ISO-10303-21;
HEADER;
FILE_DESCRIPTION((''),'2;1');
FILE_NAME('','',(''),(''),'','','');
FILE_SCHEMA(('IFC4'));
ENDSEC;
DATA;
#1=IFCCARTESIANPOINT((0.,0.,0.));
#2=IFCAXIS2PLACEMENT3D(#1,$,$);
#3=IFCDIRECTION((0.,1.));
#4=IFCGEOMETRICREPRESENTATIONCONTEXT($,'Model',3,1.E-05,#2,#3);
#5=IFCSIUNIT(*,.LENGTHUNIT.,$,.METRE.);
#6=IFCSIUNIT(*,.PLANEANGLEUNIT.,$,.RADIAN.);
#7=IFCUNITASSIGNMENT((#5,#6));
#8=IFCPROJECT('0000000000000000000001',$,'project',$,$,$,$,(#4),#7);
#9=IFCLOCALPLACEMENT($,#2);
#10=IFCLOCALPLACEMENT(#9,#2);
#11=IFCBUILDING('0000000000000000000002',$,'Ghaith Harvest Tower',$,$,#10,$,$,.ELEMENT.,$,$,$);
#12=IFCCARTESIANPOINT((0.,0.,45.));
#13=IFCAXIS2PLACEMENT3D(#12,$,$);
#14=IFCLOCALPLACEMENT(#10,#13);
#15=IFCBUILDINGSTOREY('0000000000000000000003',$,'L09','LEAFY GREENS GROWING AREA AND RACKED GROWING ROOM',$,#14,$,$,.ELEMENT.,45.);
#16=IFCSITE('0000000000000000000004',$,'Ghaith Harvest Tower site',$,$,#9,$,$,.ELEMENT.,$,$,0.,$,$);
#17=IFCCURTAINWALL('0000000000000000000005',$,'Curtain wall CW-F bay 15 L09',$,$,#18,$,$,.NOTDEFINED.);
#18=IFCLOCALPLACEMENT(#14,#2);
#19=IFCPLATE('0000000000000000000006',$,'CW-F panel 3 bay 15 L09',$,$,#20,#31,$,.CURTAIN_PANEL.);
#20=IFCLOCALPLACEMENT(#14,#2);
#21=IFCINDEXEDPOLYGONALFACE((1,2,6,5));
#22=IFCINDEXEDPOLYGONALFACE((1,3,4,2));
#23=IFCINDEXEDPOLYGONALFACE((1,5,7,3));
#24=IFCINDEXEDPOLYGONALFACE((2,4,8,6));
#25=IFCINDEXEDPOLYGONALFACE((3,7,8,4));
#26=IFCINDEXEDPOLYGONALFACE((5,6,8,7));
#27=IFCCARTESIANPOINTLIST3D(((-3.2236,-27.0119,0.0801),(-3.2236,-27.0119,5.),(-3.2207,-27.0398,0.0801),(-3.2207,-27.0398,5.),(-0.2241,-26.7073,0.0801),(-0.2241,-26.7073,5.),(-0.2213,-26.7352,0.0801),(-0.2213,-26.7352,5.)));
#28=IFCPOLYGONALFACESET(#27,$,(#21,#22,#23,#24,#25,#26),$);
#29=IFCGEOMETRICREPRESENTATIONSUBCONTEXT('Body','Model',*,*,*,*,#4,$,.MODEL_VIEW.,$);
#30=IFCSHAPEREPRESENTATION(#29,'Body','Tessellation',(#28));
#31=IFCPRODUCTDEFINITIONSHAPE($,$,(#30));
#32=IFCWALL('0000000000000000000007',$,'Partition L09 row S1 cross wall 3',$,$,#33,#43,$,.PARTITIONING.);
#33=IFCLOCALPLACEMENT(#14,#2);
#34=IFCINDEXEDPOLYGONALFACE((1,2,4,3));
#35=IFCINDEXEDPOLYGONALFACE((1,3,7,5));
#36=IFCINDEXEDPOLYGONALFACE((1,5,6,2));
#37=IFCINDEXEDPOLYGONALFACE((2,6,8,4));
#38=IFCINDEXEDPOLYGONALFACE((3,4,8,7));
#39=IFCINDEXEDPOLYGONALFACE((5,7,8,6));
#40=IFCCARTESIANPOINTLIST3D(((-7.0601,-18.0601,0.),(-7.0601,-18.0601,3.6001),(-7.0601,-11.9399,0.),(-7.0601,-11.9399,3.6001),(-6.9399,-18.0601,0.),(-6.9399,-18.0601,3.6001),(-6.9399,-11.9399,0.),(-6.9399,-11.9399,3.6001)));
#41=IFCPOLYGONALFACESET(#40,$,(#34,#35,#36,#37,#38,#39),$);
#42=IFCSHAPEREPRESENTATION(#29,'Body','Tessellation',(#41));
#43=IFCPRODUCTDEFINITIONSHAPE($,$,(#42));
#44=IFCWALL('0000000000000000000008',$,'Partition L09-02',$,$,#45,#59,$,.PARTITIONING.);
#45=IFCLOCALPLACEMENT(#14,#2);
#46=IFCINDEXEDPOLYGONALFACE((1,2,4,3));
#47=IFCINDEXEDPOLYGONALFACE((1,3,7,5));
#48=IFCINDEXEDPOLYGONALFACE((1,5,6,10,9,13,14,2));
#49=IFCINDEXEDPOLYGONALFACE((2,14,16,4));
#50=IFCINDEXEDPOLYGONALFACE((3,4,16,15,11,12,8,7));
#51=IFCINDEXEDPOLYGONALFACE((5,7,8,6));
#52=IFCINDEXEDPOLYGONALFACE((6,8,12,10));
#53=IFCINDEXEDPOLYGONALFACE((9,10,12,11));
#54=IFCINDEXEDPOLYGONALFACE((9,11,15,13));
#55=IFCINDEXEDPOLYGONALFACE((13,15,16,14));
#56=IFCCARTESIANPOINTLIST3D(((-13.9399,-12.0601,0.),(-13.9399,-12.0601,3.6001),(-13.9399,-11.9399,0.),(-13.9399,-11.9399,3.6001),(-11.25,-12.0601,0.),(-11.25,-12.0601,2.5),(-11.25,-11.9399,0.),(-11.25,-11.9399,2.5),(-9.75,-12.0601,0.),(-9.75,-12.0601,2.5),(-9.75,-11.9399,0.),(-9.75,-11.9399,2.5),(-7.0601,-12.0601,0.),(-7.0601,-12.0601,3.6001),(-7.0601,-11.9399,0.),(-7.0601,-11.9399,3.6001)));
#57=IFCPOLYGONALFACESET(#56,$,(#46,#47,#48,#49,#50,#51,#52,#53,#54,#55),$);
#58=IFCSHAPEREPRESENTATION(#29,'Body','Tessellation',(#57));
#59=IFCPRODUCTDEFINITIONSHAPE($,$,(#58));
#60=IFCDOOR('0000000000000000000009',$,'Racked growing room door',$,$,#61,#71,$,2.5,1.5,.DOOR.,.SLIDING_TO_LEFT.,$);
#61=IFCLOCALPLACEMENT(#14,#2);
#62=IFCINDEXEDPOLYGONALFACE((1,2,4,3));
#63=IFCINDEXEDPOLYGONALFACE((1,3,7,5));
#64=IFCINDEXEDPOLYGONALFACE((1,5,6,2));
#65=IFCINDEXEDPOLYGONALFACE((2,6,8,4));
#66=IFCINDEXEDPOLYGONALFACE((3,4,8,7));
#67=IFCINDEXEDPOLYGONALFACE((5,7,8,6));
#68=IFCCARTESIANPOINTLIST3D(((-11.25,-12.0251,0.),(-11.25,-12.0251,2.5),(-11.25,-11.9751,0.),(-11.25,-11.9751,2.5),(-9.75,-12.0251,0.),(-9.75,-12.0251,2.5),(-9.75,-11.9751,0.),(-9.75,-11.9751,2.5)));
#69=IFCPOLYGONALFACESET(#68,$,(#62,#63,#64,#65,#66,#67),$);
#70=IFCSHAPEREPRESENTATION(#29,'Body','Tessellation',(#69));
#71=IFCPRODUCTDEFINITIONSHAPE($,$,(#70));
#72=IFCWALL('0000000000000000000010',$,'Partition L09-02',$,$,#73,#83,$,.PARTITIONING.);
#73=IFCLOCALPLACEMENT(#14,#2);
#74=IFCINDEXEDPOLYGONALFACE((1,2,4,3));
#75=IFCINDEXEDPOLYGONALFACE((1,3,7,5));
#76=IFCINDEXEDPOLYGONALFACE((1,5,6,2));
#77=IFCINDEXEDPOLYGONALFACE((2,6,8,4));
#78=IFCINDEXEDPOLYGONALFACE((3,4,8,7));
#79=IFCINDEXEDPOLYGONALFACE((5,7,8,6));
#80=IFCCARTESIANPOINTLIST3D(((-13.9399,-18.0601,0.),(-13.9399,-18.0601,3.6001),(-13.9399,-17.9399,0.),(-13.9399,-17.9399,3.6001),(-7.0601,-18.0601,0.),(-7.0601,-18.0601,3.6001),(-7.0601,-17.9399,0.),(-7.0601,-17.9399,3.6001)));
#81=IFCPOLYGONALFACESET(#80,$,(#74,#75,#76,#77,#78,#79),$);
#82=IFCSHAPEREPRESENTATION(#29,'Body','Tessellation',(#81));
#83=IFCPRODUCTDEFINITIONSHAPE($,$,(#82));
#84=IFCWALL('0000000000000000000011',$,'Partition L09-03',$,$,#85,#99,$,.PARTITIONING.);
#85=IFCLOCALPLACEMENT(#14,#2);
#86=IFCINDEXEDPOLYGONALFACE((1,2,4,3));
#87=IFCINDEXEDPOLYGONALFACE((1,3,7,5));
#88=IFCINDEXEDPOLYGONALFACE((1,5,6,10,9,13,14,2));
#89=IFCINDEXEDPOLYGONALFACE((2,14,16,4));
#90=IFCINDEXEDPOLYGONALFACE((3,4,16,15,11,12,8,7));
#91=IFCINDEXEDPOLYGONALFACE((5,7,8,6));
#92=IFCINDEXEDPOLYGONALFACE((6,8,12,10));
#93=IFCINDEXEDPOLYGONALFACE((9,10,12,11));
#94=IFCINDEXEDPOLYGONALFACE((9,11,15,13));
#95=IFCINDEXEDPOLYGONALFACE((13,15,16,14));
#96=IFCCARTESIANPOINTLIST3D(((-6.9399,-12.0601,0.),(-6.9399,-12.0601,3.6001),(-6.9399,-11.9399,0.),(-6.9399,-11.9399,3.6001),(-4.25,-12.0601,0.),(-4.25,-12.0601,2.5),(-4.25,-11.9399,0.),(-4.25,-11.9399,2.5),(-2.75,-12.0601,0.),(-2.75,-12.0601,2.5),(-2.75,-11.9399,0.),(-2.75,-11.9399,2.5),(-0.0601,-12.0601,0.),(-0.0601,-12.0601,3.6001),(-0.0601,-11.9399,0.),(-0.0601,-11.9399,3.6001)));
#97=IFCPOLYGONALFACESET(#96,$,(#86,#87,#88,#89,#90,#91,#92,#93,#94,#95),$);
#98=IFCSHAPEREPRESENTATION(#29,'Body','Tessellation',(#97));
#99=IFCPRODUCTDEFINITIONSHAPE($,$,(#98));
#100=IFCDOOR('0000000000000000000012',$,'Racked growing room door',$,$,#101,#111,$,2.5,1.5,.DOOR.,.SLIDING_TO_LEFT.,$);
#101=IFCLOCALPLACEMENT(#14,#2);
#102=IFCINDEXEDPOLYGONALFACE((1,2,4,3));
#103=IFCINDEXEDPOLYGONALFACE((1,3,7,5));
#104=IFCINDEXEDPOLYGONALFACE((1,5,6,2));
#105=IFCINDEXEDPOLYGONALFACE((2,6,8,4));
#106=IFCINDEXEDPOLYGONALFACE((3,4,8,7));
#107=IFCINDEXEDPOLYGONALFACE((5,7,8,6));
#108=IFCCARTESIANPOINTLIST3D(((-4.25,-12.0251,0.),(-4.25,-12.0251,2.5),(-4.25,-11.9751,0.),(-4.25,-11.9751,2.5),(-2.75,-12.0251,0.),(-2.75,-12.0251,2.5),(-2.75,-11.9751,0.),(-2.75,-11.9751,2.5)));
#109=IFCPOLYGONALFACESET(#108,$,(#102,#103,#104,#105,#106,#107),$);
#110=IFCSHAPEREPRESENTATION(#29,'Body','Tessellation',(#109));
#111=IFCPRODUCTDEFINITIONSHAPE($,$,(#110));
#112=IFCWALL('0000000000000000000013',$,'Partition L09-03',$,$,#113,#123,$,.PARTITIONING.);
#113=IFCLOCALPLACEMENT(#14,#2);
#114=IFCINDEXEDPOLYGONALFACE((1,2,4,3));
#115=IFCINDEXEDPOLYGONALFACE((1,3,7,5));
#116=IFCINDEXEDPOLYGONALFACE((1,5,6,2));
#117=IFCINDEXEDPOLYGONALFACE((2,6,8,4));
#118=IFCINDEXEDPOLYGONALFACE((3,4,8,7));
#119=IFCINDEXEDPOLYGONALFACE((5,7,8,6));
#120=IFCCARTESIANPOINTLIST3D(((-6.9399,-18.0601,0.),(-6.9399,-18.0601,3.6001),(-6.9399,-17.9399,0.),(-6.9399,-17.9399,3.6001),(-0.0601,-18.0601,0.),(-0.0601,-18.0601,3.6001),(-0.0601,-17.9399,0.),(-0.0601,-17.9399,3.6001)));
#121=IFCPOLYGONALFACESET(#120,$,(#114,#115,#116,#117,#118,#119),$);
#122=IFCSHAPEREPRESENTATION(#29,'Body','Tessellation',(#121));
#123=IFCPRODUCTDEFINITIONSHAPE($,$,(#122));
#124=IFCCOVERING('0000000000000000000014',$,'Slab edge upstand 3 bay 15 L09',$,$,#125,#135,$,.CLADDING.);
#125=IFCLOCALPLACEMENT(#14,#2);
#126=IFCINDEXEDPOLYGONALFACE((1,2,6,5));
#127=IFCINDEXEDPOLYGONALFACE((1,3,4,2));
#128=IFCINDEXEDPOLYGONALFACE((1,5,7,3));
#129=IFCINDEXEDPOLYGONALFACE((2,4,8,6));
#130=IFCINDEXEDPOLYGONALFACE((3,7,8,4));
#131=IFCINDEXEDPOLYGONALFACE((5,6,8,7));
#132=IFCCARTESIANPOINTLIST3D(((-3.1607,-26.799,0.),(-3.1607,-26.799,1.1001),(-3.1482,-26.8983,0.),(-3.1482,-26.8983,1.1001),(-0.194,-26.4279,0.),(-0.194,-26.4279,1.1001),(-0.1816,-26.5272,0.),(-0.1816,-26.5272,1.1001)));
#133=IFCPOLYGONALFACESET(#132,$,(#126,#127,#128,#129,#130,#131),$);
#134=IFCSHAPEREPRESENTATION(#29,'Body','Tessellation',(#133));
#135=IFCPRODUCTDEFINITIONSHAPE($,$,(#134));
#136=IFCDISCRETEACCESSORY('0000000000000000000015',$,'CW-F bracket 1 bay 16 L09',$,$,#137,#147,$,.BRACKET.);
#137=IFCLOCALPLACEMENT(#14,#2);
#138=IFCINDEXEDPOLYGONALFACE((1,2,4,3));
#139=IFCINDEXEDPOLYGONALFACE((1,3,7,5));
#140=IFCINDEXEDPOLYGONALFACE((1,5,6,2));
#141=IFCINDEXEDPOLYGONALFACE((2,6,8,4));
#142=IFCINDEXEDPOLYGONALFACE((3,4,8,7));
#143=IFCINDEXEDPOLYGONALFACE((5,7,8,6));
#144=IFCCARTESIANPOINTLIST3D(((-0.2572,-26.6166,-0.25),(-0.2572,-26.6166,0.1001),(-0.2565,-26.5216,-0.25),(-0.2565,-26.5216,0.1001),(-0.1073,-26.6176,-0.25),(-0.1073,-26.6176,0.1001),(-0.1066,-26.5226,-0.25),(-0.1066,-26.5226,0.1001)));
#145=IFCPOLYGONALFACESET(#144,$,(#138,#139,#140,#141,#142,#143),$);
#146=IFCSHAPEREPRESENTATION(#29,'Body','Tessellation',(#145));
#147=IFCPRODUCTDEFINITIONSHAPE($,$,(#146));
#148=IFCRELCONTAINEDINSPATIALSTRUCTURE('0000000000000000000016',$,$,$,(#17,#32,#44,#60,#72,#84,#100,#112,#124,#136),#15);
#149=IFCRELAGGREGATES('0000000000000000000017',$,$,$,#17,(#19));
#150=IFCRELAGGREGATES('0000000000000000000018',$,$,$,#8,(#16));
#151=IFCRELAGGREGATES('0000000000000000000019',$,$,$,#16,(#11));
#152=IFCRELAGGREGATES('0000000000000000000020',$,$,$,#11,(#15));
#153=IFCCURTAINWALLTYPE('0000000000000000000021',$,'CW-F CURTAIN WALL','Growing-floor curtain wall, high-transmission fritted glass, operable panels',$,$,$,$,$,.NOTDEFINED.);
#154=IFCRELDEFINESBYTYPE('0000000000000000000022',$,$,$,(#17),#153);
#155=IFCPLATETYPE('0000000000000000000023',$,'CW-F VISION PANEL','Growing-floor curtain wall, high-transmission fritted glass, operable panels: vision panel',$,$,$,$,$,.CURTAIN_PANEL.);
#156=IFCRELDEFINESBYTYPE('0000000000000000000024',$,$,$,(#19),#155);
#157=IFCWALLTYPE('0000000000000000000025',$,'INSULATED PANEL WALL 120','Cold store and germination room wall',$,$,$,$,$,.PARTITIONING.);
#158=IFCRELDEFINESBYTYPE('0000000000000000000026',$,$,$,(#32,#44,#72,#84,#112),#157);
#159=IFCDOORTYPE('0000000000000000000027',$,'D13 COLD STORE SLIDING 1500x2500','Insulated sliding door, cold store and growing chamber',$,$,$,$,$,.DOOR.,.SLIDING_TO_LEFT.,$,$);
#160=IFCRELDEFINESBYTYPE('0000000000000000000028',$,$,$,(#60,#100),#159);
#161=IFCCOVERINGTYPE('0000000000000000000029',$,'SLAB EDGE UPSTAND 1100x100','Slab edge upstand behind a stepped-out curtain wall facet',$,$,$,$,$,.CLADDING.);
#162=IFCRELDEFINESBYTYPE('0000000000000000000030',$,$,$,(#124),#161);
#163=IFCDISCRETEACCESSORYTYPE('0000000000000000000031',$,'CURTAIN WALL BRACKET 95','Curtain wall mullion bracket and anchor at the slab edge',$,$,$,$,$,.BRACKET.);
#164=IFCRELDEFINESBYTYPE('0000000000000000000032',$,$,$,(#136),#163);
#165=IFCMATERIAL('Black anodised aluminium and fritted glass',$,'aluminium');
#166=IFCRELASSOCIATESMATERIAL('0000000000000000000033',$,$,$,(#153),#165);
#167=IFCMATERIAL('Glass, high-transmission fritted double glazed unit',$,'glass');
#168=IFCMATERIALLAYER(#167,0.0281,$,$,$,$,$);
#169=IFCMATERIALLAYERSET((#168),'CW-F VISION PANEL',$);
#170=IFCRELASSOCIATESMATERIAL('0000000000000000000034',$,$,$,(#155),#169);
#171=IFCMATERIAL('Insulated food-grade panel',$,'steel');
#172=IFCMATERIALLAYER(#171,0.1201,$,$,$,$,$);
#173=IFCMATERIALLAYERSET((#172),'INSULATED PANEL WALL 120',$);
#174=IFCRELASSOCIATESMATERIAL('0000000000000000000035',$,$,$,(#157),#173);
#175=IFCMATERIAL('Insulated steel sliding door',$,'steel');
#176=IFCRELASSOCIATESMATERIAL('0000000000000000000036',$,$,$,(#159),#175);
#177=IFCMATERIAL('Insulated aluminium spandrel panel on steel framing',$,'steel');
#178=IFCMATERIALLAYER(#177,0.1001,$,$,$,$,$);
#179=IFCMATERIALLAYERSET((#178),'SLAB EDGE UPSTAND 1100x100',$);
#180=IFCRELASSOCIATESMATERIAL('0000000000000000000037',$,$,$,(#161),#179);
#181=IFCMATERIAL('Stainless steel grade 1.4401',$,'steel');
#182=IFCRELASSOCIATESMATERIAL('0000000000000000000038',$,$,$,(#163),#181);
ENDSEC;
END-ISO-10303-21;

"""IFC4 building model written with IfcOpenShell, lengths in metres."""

from ifc_helpers import new_model, si_unit, direction, frame, frame_2d, origin, origin_2d, place, context, subcontext, project, spatial, rectangle, extrude, material, layer, layer_set, type_object, element, fill, aggregate, save


model = new_model("IFC4")

# Units and contexts
model_context = context("Model", 3, precision=1e-05, world=origin(), true_north=direction((0.0, 1.0)))
body_context = subcontext(model_context, "Body", "Model", "MODEL_VIEW")
ifc_project = project(units=[si_unit("LENGTHUNIT", "METRE"), si_unit("PLANEANGLEUNIT", "RADIAN")], contexts=[model_context])

# Site, building, storey
site_placement = place(None, origin())
site = spatial("IfcSite", under=ifc_project, at=site_placement, Name="Ghaith Harvest Tower site", CompositionType="ELEMENT", RefElevation=0.0)
building_placement = place(site_placement, origin())
building = spatial("IfcBuilding", under=site, at=building_placement, Name="Ghaith Harvest Tower", CompositionType="ELEMENT")
storey_placement = place(building_placement, frame((0.0, 0.0, 45.0)))
storey = spatial("IfcBuildingStorey", under=building, at=storey_placement, Name="L09", Description="LEAFY GREENS GROWING AREA AND RACKED GROWING ROOM", CompositionType="ELEMENT", Elevation=45.0)

# Shared definitions
ifc_material_1 = material(Name="Black anodised aluminium and fritted glass", Category="aluminium")
curtain_wall_type = type_object("IfcCurtainWallType", Name="CW-F CURTAIN WALL", Description="Growing-floor curtain wall, high-transmission fritted glass, operable panels", PredefinedType="NOTDEFINED", material=ifc_material_1)

# Curtain wall
curtain_wall_1_placement = place(storey_placement, origin())
curtain_wall_1 = element("IfcCurtainWall", 1, at=curtain_wall_1_placement, inside=storey, type_object=curtain_wall_type, Name="Curtain wall CW-F bay 15 L09", PredefinedType="NOTDEFINED")

# Plate
ifc_material_2 = material(Name="Glass, high-transmission fritted double glazed unit", Category="glass")
ifc_layer_1 = layer(ifc_material_2, 0.0281)
ifc_layer_set_1 = layer_set([ifc_layer_1], Name="CW-F VISION PANEL")
plate_type = type_object("IfcPlateType", Name="CW-F VISION PANEL", Description="Growing-floor curtain wall, high-transmission fritted glass, operable panels: vision panel", PredefinedType="CURTAIN_PANEL", material=ifc_layer_set_1)
plate_1_placement = place(storey_placement, frame((-1.7224, -26.8735, 0.0801), z_axis=(0.0, 0.0, 1.0), x_axis=(0.994882, 0.101041, 0.0)))
plate_1 = element("IfcPlate", 2, at=plate_1_placement, type_object=plate_type, Name="CW-F panel 3 bay 15 L09", PredefinedType="CURTAIN_PANEL", context=body_context, shape_type="SweptSolid", body=[
    extrude(rectangle(XDim=3.0149, YDim=0.0281, at=origin_2d()), origin(), (0.0, 0.0, 1.0), 4.9199),
])
aggregate(curtain_wall_1, [plate_1])

# Wall
ifc_material_3 = material(Name="Insulated food-grade panel", Category="steel")
ifc_layer_2 = layer(ifc_material_3, 0.1201)
ifc_layer_set_2 = layer_set([ifc_layer_2], Name="INSULATED PANEL WALL 120")
wall_type = type_object("IfcWallType", Name="INSULATED PANEL WALL 120", Description="Cold store and germination room wall", PredefinedType="PARTITIONING", material=ifc_layer_set_2)
wall_1_placement = place(storey_placement, frame((-7.0, -11.9399, 0.0), z_axis=(0.0, 0.0, 1.0), x_axis=(0.0, -1.0, 0.0)))
element("IfcWall", 3, at=wall_1_placement, inside=storey, type_object=wall_type, Name="Partition L09 row S1 cross wall 3", PredefinedType="PARTITIONING", context=body_context, shape_type="SweptSolid", body=[
    extrude(rectangle(XDim=6.1201, YDim=0.1201, at=frame_2d((3.0601, 0.0))), origin(), (0.0, 0.0, 1.0), 3.6001),
])

# Wall, opening, door
wall_2_placement = place(storey_placement, frame((-13.9399, -12.0, 0.0), z_axis=(0.0, 0.0, 1.0), x_axis=(1.0, 0.0, 0.0)))
wall_2 = element("IfcWall", 4, at=wall_2_placement, inside=storey, type_object=wall_type, Name="Partition L09-02", PredefinedType="PARTITIONING", context=body_context, shape_type="SweptSolid", body=[
    extrude(rectangle(XDim=6.8799, YDim=0.1201, at=frame_2d((3.4399, 0.0))), origin(), (0.0, 0.0, 1.0), 3.6001),
])
opening_1_placement = place(wall_2_placement, frame((2.6899, 0.0, 0.0)))
opening_1 = element("IfcOpeningElement", 5, at=opening_1_placement, cuts=wall_2, PredefinedType="OPENING", context=body_context, shape_type="SweptSolid", body=[
    extrude(rectangle(XDim=1.5, YDim=2.5, at=frame_2d((0.75, 1.25))), frame((0.0, 0.0701, 0.0), z_axis=(0.0, -1.0, 0.0), x_axis=(1.0, 0.0, 0.0)), (0.0, 0.0, 1.0), 0.1401),
])
ifc_material_4 = material(Name="Insulated steel sliding door", Category="steel")
door_type = type_object("IfcDoorType", Name="D13 COLD STORE SLIDING 1500x2500", Description="Insulated sliding door, cold store and growing chamber", OperationType="SLIDING_TO_LEFT", PredefinedType="DOOR", material=ifc_material_4)
door_1_placement = place(opening_1_placement, origin())
door_1 = element("IfcDoor", 6, at=door_1_placement, inside=storey, type_object=door_type, Name="Racked growing room door", OperationType="SLIDING_TO_LEFT", OverallHeight=2.5, OverallWidth=1.5, PredefinedType="DOOR", context=body_context, shape_type="SweptSolid", body=[
    extrude(rectangle(XDim=1.5, YDim=2.5, at=frame_2d((0.75, 1.25))), frame((0.0, 0.0249, 0.0), z_axis=(0.0, -1.0, 0.0), x_axis=(1.0, 0.0, 0.0)), (0.0, 0.0, 1.0), 0.05),
])
fill(opening_1, door_1)

# Wall
wall_3_placement = place(storey_placement, frame((-13.9399, -18.0, 0.0), z_axis=(0.0, 0.0, 1.0), x_axis=(1.0, 0.0, 0.0)))
element("IfcWall", 7, at=wall_3_placement, inside=storey, type_object=wall_type, Name="Partition L09-02", PredefinedType="PARTITIONING", context=body_context, shape_type="SweptSolid", body=[
    extrude(rectangle(XDim=6.8799, YDim=0.1201, at=frame_2d((3.4399, 0.0))), origin(), (0.0, 0.0, 1.0), 3.6001),
])

# Wall, opening, door
wall_4_placement = place(storey_placement, frame((-6.9399, -12.0, 0.0), z_axis=(0.0, 0.0, 1.0), x_axis=(1.0, 0.0, 0.0)))
wall_4 = element("IfcWall", 8, at=wall_4_placement, inside=storey, type_object=wall_type, Name="Partition L09-03", PredefinedType="PARTITIONING", context=body_context, shape_type="SweptSolid", body=[
    extrude(rectangle(XDim=6.8799, YDim=0.1201, at=frame_2d((3.4399, 0.0))), origin(), (0.0, 0.0, 1.0), 3.6001),
])
opening_2_placement = place(wall_4_placement, frame((2.6899, 0.0, 0.0)))
opening_2 = element("IfcOpeningElement", 9, at=opening_2_placement, cuts=wall_4, PredefinedType="OPENING", context=body_context, shape_type="SweptSolid", body=[
    extrude(rectangle(XDim=1.5, YDim=2.5, at=frame_2d((0.75, 1.25))), frame((0.0, 0.0701, 0.0), z_axis=(0.0, -1.0, 0.0), x_axis=(1.0, 0.0, 0.0)), (0.0, 0.0, 1.0), 0.1401),
])
door_2_placement = place(opening_2_placement, origin())
door_2 = element("IfcDoor", 10, at=door_2_placement, inside=storey, type_object=door_type, Name="Racked growing room door", OperationType="SLIDING_TO_LEFT", OverallHeight=2.5, OverallWidth=1.5, PredefinedType="DOOR", context=body_context, shape_type="SweptSolid", body=[
    extrude(rectangle(XDim=1.5, YDim=2.5, at=frame_2d((0.75, 1.25))), frame((0.0, 0.0249, 0.0), z_axis=(0.0, -1.0, 0.0), x_axis=(1.0, 0.0, 0.0)), (0.0, 0.0, 1.0), 0.05),
])
fill(opening_2, door_2)

# Wall
wall_5_placement = place(storey_placement, frame((-6.9399, -18.0, 0.0), z_axis=(0.0, 0.0, 1.0), x_axis=(1.0, 0.0, 0.0)))
element("IfcWall", 11, at=wall_5_placement, inside=storey, type_object=wall_type, Name="Partition L09-03", PredefinedType="PARTITIONING", context=body_context, shape_type="SweptSolid", body=[
    extrude(rectangle(XDim=6.8799, YDim=0.1201, at=frame_2d((3.4399, 0.0))), origin(), (0.0, 0.0, 1.0), 3.6001),
])

# Covering
ifc_material_5 = material(Name="Insulated aluminium spandrel panel on steel framing", Category="steel")
ifc_layer_3 = layer(ifc_material_5, 0.1001)
ifc_layer_set_3 = layer_set([ifc_layer_3], Name="SLAB EDGE UPSTAND 1100x100")
covering_type = type_object("IfcCoveringType", Name="SLAB EDGE UPSTAND 1100x100", Description="Slab edge upstand behind a stepped-out curtain wall facet", PredefinedType="CLADDING", material=ifc_layer_set_3)
covering_placement = place(storey_placement, frame((-1.6711, -26.6631, 0.0), z_axis=(0.0, 0.0, 1.0), x_axis=(0.992265, 0.124139, 0.0)))
element("IfcCovering", 12, at=covering_placement, inside=storey, type_object=covering_type, Name="Slab edge upstand 3 bay 15 L09", PredefinedType="CLADDING", context=body_context, shape_type="SweptSolid", body=[
    extrude(rectangle(XDim=2.9897, YDim=0.1001, at=origin_2d()), origin(), (0.0, 0.0, 1.0), 1.1001),
])

# Discrete accessory
ifc_material_6 = material(Name="Stainless steel grade 1.4401", Category="steel")
discrete_accessory_type = type_object("IfcDiscreteAccessoryType", Name="CURTAIN WALL BRACKET 95", Description="Curtain wall mullion bracket and anchor at the slab edge", PredefinedType="BRACKET", material=ifc_material_6)
discrete_accessory_placement = place(storey_placement, frame((-0.1819, -26.5696, -0.25), z_axis=(0.0, 0.0, 1.0), x_axis=(-0.006844, -0.999977, 0.0)))
element("IfcDiscreteAccessory", 13, at=discrete_accessory_placement, inside=storey, type_object=discrete_accessory_type, Name="CW-F bracket 1 bay 16 L09", PredefinedType="BRACKET", context=body_context, shape_type="SweptSolid", body=[
    extrude(rectangle(XDim=0.095, YDim=0.1499, at=origin_2d()), origin(), (0.0, 0.0, 1.0), 0.3501),
])

save(model, "model.ifc")
